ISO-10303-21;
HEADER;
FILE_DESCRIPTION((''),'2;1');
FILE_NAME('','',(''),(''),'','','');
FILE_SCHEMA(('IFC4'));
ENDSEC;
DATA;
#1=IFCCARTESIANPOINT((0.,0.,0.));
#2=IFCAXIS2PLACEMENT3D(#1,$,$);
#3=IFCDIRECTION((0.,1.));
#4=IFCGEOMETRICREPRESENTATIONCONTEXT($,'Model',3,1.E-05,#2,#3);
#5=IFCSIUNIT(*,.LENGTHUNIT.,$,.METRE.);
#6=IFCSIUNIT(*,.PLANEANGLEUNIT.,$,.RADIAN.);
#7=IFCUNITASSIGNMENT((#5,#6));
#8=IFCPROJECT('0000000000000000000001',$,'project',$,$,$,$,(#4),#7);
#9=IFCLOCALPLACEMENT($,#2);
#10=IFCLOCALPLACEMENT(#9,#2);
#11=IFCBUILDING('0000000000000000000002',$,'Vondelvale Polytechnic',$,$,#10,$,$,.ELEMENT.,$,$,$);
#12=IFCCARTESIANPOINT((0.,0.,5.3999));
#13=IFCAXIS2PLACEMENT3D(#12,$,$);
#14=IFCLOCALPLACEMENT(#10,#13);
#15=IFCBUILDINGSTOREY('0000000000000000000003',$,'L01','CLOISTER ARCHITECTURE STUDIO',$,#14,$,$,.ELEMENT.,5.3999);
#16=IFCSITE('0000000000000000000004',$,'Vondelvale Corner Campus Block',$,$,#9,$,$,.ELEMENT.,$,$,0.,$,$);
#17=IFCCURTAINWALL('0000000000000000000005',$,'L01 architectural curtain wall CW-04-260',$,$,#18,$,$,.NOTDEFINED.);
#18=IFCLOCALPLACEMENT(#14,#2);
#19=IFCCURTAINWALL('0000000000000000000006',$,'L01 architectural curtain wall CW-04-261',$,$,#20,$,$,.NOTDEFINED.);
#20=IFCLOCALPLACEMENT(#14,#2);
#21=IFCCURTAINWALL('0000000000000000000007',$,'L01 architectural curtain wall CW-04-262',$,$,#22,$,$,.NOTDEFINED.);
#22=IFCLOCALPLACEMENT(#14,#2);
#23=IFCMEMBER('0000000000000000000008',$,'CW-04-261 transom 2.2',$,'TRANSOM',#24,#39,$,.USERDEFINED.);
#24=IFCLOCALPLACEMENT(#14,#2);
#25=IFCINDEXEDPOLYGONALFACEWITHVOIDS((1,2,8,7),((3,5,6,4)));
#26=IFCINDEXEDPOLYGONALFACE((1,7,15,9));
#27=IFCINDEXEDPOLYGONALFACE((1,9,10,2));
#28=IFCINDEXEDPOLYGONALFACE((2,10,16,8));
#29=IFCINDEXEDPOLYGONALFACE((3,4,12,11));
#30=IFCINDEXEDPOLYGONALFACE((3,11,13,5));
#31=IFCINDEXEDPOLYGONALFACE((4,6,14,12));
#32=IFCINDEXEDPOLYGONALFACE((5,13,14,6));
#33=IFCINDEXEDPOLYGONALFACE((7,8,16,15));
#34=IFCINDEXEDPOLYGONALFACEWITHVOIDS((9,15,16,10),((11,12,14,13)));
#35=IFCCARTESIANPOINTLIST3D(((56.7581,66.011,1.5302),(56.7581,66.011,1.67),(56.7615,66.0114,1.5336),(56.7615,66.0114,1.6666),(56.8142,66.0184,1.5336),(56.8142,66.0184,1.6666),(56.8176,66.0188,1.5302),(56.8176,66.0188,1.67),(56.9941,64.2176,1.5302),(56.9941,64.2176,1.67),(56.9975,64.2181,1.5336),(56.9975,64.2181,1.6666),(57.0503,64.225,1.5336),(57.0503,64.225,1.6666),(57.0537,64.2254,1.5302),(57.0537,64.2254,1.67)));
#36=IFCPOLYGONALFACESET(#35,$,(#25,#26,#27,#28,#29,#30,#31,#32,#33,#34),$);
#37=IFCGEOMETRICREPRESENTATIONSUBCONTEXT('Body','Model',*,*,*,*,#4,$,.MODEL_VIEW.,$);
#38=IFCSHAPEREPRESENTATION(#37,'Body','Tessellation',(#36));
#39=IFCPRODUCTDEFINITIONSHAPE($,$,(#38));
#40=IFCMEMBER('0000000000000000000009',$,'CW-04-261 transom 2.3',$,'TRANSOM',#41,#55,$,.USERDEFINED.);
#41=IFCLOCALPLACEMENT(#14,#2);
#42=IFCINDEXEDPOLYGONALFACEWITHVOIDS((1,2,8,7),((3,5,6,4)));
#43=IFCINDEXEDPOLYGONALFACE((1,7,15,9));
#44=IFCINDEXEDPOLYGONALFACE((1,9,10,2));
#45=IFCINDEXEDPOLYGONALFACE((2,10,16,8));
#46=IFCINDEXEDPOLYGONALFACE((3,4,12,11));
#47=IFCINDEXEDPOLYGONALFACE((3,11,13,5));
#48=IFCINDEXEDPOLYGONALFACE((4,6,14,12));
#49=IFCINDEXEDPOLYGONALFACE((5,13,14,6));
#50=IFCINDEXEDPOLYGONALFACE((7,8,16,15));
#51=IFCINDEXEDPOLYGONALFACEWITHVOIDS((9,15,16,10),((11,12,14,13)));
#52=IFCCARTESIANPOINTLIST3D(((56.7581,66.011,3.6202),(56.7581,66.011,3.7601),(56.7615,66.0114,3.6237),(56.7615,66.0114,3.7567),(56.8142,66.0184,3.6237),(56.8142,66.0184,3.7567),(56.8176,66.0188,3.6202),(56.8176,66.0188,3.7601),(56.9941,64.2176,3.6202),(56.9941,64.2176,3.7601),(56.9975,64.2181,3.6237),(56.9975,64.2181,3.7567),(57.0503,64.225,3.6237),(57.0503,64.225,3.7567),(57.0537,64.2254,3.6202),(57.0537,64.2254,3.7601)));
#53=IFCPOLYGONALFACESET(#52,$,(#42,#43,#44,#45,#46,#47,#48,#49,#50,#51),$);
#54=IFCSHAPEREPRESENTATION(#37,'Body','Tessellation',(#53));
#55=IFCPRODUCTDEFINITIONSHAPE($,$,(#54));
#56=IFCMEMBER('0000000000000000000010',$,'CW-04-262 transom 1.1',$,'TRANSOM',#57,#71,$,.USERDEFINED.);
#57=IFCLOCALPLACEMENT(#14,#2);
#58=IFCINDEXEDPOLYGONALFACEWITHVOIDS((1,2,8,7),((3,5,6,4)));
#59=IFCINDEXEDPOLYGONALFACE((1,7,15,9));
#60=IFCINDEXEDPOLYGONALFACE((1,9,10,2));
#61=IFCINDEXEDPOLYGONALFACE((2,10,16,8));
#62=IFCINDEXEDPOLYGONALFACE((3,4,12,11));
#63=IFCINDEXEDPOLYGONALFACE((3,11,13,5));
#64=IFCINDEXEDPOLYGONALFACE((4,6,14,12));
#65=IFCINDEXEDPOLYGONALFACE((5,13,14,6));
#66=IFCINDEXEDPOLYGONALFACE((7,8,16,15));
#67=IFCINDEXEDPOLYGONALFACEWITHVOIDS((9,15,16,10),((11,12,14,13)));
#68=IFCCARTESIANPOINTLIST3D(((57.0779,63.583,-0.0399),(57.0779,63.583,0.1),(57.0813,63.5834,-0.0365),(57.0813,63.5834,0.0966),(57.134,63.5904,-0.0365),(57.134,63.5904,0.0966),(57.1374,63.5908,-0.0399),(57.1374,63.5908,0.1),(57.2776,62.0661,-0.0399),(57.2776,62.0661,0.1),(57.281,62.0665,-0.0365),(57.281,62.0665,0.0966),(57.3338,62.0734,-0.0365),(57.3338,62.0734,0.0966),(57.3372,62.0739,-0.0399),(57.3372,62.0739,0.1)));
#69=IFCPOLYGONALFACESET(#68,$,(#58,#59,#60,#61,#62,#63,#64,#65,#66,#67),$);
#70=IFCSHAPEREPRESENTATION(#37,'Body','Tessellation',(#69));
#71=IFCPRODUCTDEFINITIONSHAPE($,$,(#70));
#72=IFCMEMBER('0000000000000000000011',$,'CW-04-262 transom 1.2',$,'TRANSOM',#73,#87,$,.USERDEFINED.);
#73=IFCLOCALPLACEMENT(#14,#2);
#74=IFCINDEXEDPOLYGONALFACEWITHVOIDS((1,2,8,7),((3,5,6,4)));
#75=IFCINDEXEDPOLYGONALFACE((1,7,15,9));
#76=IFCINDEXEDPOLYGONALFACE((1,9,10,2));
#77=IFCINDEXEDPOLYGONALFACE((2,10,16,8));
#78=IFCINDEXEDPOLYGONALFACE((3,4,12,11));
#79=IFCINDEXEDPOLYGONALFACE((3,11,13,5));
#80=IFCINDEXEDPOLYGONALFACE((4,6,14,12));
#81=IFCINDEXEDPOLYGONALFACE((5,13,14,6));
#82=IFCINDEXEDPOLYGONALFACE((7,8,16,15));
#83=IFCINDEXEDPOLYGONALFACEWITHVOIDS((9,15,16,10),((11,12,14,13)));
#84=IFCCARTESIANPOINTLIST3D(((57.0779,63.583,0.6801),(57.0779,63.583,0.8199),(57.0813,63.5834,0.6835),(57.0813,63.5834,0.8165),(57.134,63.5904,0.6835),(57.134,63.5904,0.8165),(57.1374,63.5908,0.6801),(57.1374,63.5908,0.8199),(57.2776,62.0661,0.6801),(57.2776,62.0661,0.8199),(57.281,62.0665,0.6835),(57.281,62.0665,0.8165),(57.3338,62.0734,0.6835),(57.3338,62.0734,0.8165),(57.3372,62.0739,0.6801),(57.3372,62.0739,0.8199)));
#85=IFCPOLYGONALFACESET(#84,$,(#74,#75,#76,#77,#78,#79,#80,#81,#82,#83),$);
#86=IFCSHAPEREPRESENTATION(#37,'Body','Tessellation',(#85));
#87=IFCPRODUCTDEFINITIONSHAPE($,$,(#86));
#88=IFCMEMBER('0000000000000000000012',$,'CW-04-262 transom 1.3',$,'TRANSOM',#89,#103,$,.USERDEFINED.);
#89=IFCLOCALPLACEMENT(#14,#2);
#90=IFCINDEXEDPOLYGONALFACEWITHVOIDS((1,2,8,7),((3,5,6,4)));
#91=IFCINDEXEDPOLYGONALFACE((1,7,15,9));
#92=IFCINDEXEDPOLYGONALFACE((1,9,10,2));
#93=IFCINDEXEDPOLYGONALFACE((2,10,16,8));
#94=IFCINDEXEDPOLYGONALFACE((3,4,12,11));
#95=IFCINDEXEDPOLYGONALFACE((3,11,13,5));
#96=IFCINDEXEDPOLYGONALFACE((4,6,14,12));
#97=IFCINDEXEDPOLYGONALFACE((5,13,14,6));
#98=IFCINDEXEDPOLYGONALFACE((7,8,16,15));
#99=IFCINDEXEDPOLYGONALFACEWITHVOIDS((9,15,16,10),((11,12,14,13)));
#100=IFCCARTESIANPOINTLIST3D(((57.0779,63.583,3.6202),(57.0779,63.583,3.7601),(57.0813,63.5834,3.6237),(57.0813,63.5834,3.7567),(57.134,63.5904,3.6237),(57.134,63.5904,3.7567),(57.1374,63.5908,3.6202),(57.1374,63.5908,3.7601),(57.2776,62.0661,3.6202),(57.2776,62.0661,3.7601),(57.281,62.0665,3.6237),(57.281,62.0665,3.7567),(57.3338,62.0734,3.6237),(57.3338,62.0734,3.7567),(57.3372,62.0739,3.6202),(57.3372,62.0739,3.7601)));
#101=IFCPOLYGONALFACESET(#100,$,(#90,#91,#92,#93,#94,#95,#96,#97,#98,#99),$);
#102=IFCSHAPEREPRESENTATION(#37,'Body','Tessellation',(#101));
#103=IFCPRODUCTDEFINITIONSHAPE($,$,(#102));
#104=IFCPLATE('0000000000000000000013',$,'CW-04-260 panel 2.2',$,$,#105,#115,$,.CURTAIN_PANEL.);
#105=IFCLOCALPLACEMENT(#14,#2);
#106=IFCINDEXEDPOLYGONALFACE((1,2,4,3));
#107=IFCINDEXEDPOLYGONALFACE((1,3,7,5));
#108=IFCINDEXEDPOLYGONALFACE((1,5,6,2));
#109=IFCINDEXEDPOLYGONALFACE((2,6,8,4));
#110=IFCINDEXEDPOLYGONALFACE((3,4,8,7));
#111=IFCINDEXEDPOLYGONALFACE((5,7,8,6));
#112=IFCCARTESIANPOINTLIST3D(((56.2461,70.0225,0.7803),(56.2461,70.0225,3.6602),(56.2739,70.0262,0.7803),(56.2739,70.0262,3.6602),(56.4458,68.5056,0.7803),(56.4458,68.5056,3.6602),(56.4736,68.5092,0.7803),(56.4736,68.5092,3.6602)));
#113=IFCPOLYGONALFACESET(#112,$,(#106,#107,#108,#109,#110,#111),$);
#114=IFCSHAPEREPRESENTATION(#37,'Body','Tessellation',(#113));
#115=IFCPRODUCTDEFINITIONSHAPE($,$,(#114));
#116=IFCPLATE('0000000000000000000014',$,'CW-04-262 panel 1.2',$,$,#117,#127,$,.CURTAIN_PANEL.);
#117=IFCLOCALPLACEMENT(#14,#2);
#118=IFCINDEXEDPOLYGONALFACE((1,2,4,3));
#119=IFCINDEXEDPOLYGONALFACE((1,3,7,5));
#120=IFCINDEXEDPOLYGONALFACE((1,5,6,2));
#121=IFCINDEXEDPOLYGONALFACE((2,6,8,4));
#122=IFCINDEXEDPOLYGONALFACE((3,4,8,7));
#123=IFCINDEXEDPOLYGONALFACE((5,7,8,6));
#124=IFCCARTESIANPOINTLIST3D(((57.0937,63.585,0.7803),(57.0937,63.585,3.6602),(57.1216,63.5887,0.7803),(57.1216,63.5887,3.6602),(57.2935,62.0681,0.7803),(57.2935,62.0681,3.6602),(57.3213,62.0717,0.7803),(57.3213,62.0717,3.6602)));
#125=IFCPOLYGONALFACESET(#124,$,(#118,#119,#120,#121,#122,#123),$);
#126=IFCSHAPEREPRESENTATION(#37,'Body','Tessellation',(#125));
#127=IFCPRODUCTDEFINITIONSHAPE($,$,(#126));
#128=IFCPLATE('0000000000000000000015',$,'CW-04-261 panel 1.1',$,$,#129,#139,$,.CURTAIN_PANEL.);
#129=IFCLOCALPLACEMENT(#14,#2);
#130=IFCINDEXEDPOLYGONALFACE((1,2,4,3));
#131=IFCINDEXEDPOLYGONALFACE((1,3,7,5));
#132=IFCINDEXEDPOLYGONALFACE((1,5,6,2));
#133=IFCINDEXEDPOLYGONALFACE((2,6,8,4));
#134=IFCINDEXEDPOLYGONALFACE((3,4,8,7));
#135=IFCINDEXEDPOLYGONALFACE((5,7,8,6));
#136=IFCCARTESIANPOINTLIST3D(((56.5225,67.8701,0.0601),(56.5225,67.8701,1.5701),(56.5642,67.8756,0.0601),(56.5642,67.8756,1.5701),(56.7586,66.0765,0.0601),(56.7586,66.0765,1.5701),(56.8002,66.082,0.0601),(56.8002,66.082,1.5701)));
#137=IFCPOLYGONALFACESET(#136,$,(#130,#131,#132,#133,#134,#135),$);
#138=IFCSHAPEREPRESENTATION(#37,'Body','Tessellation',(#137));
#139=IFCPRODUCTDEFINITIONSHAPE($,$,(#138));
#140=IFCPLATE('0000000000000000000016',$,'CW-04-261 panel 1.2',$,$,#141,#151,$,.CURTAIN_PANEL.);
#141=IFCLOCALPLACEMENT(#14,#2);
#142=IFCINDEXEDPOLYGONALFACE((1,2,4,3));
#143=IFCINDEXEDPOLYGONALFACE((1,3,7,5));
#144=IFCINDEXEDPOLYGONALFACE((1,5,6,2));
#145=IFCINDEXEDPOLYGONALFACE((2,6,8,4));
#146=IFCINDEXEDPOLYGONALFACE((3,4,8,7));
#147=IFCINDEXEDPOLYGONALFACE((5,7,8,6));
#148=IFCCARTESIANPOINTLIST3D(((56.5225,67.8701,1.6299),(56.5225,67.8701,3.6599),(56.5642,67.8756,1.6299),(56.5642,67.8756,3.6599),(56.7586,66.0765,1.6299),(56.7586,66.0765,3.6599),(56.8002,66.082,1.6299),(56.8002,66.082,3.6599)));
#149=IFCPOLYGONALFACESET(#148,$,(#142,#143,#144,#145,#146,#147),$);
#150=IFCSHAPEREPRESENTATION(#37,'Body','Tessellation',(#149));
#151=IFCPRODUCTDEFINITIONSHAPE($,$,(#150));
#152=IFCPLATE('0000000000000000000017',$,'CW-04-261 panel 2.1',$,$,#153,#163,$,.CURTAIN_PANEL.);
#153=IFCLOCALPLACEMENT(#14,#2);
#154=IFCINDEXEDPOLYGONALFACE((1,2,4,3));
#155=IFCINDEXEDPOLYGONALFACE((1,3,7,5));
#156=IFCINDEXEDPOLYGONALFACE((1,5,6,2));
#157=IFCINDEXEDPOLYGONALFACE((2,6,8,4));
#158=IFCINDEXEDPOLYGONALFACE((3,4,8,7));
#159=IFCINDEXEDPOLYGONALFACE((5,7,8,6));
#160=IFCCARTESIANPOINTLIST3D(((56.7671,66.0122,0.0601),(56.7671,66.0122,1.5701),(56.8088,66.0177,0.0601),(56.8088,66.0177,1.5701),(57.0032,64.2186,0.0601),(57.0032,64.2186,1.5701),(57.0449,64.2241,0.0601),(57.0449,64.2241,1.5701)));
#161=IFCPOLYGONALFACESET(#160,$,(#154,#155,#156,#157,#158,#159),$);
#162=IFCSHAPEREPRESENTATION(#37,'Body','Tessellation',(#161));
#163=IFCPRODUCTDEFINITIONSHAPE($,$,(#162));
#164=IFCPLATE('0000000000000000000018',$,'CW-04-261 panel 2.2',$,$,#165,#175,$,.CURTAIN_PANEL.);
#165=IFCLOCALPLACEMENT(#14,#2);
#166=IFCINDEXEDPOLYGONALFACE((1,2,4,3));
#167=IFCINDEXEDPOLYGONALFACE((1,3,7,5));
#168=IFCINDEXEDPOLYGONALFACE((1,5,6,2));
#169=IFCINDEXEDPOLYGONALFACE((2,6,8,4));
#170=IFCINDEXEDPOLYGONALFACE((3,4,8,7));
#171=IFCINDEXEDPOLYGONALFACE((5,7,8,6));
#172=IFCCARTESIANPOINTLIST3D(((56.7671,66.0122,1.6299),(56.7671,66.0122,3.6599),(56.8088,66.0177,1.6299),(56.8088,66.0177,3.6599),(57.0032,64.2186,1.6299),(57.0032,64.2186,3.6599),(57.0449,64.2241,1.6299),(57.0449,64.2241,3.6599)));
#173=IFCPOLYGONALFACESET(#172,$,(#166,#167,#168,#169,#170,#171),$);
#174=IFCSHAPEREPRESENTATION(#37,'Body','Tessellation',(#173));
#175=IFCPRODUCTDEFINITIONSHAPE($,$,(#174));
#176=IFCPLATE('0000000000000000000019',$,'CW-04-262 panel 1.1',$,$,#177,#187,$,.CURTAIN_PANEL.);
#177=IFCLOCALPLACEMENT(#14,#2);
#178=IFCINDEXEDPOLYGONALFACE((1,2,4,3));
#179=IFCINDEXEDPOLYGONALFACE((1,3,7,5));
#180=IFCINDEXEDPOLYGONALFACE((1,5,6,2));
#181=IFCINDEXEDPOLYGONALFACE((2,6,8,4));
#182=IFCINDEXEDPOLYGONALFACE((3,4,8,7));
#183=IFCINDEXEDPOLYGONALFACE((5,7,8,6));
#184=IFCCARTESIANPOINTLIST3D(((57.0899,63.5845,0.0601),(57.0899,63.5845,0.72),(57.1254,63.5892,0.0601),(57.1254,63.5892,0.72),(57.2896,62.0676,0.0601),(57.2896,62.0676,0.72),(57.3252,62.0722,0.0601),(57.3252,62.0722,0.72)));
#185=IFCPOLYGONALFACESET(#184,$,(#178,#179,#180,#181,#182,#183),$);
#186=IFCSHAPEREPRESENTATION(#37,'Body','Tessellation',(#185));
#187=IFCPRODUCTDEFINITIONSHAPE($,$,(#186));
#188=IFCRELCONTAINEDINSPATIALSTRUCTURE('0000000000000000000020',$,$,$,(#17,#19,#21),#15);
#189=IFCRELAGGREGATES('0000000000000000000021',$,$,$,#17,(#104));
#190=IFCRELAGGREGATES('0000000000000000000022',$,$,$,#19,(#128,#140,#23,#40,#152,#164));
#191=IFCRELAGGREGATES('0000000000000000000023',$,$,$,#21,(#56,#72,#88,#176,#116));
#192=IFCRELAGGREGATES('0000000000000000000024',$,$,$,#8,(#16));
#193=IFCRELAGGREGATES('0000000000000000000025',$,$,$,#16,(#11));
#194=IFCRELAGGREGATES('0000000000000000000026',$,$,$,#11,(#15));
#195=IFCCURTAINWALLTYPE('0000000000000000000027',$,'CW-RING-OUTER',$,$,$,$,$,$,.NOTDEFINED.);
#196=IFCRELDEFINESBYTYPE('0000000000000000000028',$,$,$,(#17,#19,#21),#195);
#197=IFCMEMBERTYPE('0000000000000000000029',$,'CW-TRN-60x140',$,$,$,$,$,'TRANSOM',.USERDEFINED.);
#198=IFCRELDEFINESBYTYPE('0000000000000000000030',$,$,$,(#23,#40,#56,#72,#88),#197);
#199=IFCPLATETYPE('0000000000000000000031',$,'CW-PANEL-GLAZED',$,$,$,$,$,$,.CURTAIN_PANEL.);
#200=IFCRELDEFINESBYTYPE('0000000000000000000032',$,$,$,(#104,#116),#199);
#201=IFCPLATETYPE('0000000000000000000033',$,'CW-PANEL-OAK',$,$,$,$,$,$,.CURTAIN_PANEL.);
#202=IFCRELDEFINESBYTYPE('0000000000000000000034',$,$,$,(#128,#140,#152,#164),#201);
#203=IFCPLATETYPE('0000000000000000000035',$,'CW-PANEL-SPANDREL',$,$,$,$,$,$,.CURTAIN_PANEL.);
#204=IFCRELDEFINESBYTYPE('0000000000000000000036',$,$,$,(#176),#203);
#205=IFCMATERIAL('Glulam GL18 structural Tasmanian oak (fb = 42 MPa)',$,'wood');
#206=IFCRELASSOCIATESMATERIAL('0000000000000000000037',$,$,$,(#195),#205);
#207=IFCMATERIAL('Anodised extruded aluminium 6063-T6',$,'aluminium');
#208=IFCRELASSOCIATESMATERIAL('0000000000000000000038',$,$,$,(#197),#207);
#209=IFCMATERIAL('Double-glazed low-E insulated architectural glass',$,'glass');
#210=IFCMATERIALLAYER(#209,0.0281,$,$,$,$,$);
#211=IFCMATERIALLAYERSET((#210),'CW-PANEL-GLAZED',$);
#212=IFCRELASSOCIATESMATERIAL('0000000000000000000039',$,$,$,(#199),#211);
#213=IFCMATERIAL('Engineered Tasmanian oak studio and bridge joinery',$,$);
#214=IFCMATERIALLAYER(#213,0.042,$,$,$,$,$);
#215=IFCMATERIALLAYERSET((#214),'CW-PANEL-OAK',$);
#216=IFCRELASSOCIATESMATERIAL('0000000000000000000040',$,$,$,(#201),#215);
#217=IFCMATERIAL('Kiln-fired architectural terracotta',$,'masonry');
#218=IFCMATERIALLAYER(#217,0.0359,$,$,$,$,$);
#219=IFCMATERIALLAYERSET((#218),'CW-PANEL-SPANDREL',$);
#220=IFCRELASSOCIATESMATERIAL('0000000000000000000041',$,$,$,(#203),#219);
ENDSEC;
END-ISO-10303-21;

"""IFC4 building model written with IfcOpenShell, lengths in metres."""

from ifc_helpers import new_model, si_unit, direction, frame, origin, origin_2d, place, context, subcontext, project, spatial, rectangle, hollow_rectangle, extrude, material, layer, layer_set, material_profile, profile_set, type_object, element, aggregate, save


model = new_model("IFC4")

# Units and contexts
model_context = context("Model", 3, precision=1e-05, world=origin(), true_north=direction((0.0, 1.0)))
body_context = subcontext(model_context, "Body", "Model", "MODEL_VIEW")
ifc_project = project(units=[si_unit("LENGTHUNIT", "METRE"), si_unit("PLANEANGLEUNIT", "RADIAN")], contexts=[model_context])

# Site, building, storey
site_placement = place(None, origin())
site = spatial("IfcSite", under=ifc_project, at=site_placement, Name="Vondelvale Corner Campus Block", CompositionType="ELEMENT", RefElevation=0.0)
building_placement = place(site_placement, origin())
building = spatial("IfcBuilding", under=site, at=building_placement, Name="Vondelvale Polytechnic", CompositionType="ELEMENT")
storey_placement = place(building_placement, frame((0.0, 0.0, 5.3999)))
storey = spatial("IfcBuildingStorey", under=building, at=storey_placement, Name="L01", Description="CLOISTER ARCHITECTURE STUDIO", CompositionType="ELEMENT", Elevation=5.3999)

# Shared definitions
ifc_material_1 = material(Name="Glulam GL18 structural Tasmanian oak (fb = 42 MPa)", Category="wood")

# Curtain wall
curtain_wall_type = type_object("IfcCurtainWallType", Name="CW-RING-OUTER", PredefinedType="NOTDEFINED", material=ifc_material_1)
curtain_wall_1_placement = place(storey_placement, origin())
curtain_wall_1 = element("IfcCurtainWall", 1, at=curtain_wall_1_placement, inside=storey, type_object=curtain_wall_type, Name="L01 architectural curtain wall CW-04-260", PredefinedType="NOTDEFINED")
ifc_material_2 = material(Name="Anodised extruded aluminium 6063-T6", Category="aluminium")

# Curtain wall
curtain_wall_2_placement = place(storey_placement, origin())
curtain_wall_2 = element("IfcCurtainWall", 2, at=curtain_wall_2_placement, inside=storey, type_object=curtain_wall_type, Name="L01 architectural curtain wall CW-04-261", PredefinedType="NOTDEFINED")

# Curtain wall
curtain_wall_3_placement = place(storey_placement, origin())
curtain_wall_3 = element("IfcCurtainWall", 3, at=curtain_wall_3_placement, inside=storey, type_object=curtain_wall_type, Name="L01 architectural curtain wall CW-04-262", PredefinedType="NOTDEFINED")

# Members
ifc_material_profile_1 = material_profile(ifc_material_2, hollow_rectangle(XDim=0.0601, YDim=0.1399, WallThickness=0.0034, at=origin_2d()), Name="CW-TRN-140x60")
ifc_profile_set_1 = profile_set([ifc_material_profile_1], Name="Anodised extruded aluminium 6063-T6")
member_type_1 = type_object("IfcMemberType", Name="CW-TRN-60x140", ElementType="TRANSOM", PredefinedType="USERDEFINED", material=ifc_profile_set_1)
member_1_placement = place(storey_placement, frame((56.7878, 66.0149, 1.6001), z_axis=(0.13051, -0.991447, 0.0), x_axis=(0.991447, 0.13051, 0.0)))
member_1 = element("IfcMember", 4, at=member_1_placement, type_object=member_type_1, Name="CW-04-261 transom 2.2", ObjectType="TRANSOM", PredefinedType="USERDEFINED", context=body_context, shape_type="SweptSolid", body=[
    extrude(hollow_rectangle(XDim=0.0601, YDim=0.1399, WallThickness=0.0034, at=origin_2d()), origin(), (0.0, 0.0, 1.0), 1.8088),
])
member_2_placement = place(storey_placement, frame((56.7878, 66.0149, 3.6902), z_axis=(0.13051, -0.991447, 0.0), x_axis=(0.991447, 0.13051, 0.0)))
member_2 = element("IfcMember", 5, at=member_2_placement, type_object=member_type_1, Name="CW-04-261 transom 2.3", ObjectType="TRANSOM", PredefinedType="USERDEFINED", context=body_context, shape_type="SweptSolid", body=[
    extrude(hollow_rectangle(XDim=0.0601, YDim=0.1399, WallThickness=0.0034, at=origin_2d()), origin(), (0.0, 0.0, 1.0), 1.8088),
])
member_3_placement = place(storey_placement, frame((57.1077, 63.5869, 0.03), z_axis=(0.130533, -0.991444, 0.0), x_axis=(0.991444, 0.130533, 0.0)))
member_3 = element("IfcMember", 6, at=member_3_placement, type_object=member_type_1, Name="CW-04-262 transom 1.1", ObjectType="TRANSOM", PredefinedType="USERDEFINED", context=body_context, shape_type="SweptSolid", body=[
    extrude(hollow_rectangle(XDim=0.0601, YDim=0.1399, WallThickness=0.0034, at=origin_2d()), origin(), (0.0, 0.0, 1.0), 1.53),
])
member_4_placement = place(storey_placement, frame((57.1077, 63.5869, 0.75), z_axis=(0.130533, -0.991444, 0.0), x_axis=(0.991444, 0.130533, 0.0)))
member_4 = element("IfcMember", 7, at=member_4_placement, type_object=member_type_1, Name="CW-04-262 transom 1.2", ObjectType="TRANSOM", PredefinedType="USERDEFINED", context=body_context, shape_type="SweptSolid", body=[
    extrude(hollow_rectangle(XDim=0.0601, YDim=0.1399, WallThickness=0.0034, at=origin_2d()), origin(), (0.0, 0.0, 1.0), 1.53),
])
member_5_placement = place(storey_placement, frame((57.1077, 63.5869, 3.6902), z_axis=(0.130533, -0.991444, 0.0), x_axis=(0.991444, 0.130533, 0.0)))
member_5 = element("IfcMember", 8, at=member_5_placement, type_object=member_type_1, Name="CW-04-262 transom 1.3", ObjectType="TRANSOM", PredefinedType="USERDEFINED", context=body_context, shape_type="SweptSolid", body=[
    extrude(hollow_rectangle(XDim=0.0601, YDim=0.1399, WallThickness=0.0034, at=origin_2d()), origin(), (0.0, 0.0, 1.0), 1.53),
])

# Plates
ifc_material_3 = material(Name="Double-glazed low-E insulated architectural glass", Category="glass")
ifc_layer_1 = layer(ifc_material_3, 0.0281)
ifc_layer_set_1 = layer_set([ifc_layer_1], Name="CW-PANEL-GLAZED")
plate_type_1 = type_object("IfcPlateType", Name="CW-PANEL-GLAZED", PredefinedType="CURTAIN_PANEL", material=ifc_layer_set_1)
plate_1_placement = place(storey_placement, frame((56.3599, 69.2659, 0.7803), z_axis=(0.0, 0.0, 1.0), x_axis=(0.13054, -0.991443, 0.0)))
plate_1 = element("IfcPlate", 9, at=plate_1_placement, type_object=plate_type_1, Name="CW-04-260 panel 2.2", PredefinedType="CURTAIN_PANEL", context=body_context, shape_type="SweptSolid", body=[
    extrude(rectangle(XDim=1.53, YDim=0.0281, at=origin_2d()), origin(), (0.0, 0.0, 1.0), 2.8799),
])
aggregate(curtain_wall_1, [plate_1])
plate_2_placement = place(storey_placement, frame((57.2075, 62.8284, 0.7803), z_axis=(0.0, 0.0, 1.0), x_axis=(0.13054, -0.991443, 0.0)))
plate_2 = element("IfcPlate", 10, at=plate_2_placement, type_object=plate_type_1, Name="CW-04-262 panel 1.2", PredefinedType="CURTAIN_PANEL", context=body_context, shape_type="SweptSolid", body=[
    extrude(rectangle(XDim=1.53, YDim=0.0281, at=origin_2d()), origin(), (0.0, 0.0, 1.0), 2.8799),
])
ifc_material_4 = material(Name="Engineered Tasmanian oak studio and bridge joinery")
ifc_layer_2 = layer(ifc_material_4, 0.042)
ifc_layer_set_2 = layer_set([ifc_layer_2], Name="CW-PANEL-OAK")
plate_type_2 = type_object("IfcPlateType", Name="CW-PANEL-OAK", PredefinedType="CURTAIN_PANEL", material=ifc_layer_set_2)
plate_3_placement = place(storey_placement, frame((56.6614, 66.9761, 0.0601), z_axis=(0.0, 0.0, 1.0), x_axis=(0.130497, -0.991449, 0.0)))
plate_3 = element("IfcPlate", 11, at=plate_3_placement, type_object=plate_type_2, Name="CW-04-261 panel 1.1", PredefinedType="CURTAIN_PANEL", context=body_context, shape_type="SweptSolid", body=[
    extrude(rectangle(XDim=1.8091, YDim=0.042, at=origin_2d()), origin(), (0.0, 0.0, 1.0), 1.51),
])
plate_4_placement = place(storey_placement, frame((56.6614, 66.9761, 1.6299), z_axis=(0.0, 0.0, 1.0), x_axis=(0.130497, -0.991449, 0.0)))
plate_4 = element("IfcPlate", 12, at=plate_4_placement, type_object=plate_type_2, Name="CW-04-261 panel 1.2", PredefinedType="CURTAIN_PANEL", context=body_context, shape_type="SweptSolid", body=[
    extrude(rectangle(XDim=1.8091, YDim=0.042, at=origin_2d()), origin(), (0.0, 0.0, 1.0), 2.03),
])
plate_5_placement = place(storey_placement, frame((56.906, 65.1182, 0.0601), z_axis=(0.0, 0.0, 1.0), x_axis=(0.130497, -0.991449, 0.0)))
plate_5 = element("IfcPlate", 13, at=plate_5_placement, type_object=plate_type_2, Name="CW-04-261 panel 2.1", PredefinedType="CURTAIN_PANEL", context=body_context, shape_type="SweptSolid", body=[
    extrude(rectangle(XDim=1.8091, YDim=0.042, at=origin_2d()), origin(), (0.0, 0.0, 1.0), 1.51),
])
plate_6_placement = place(storey_placement, frame((56.906, 65.1182, 1.6299), z_axis=(0.0, 0.0, 1.0), x_axis=(0.130497, -0.991449, 0.0)))
plate_6 = element("IfcPlate", 14, at=plate_6_placement, type_object=plate_type_2, Name="CW-04-261 panel 2.2", PredefinedType="CURTAIN_PANEL", context=body_context, shape_type="SweptSolid", body=[
    extrude(rectangle(XDim=1.8091, YDim=0.042, at=origin_2d()), origin(), (0.0, 0.0, 1.0), 2.03),
])
aggregate(curtain_wall_2, [plate_3, plate_4, member_1, member_2, plate_5, plate_6])
ifc_material_5 = material(Name="Kiln-fired architectural terracotta", Category="masonry")
ifc_layer_3 = layer(ifc_material_5, 0.0359)
ifc_layer_set_3 = layer_set([ifc_layer_3], Name="CW-PANEL-SPANDREL")
plate_type_3 = type_object("IfcPlateType", Name="CW-PANEL-SPANDREL", PredefinedType="CURTAIN_PANEL", material=ifc_layer_set_3)
plate_7_placement = place(storey_placement, frame((57.2075, 62.8284, 0.0601), z_axis=(0.0, 0.0, 1.0), x_axis=(0.13054, -0.991443, 0.0)))
plate_7 = element("IfcPlate", 15, at=plate_7_placement, type_object=plate_type_3, Name="CW-04-262 panel 1.1", PredefinedType="CURTAIN_PANEL", context=body_context, shape_type="SweptSolid", body=[
    extrude(rectangle(XDim=1.53, YDim=0.0359, at=origin_2d()), origin(), (0.0, 0.0, 1.0), 0.6599),
])
aggregate(curtain_wall_3, [member_3, member_4, member_5, plate_7, plate_2])

save(model, "model.ifc")
